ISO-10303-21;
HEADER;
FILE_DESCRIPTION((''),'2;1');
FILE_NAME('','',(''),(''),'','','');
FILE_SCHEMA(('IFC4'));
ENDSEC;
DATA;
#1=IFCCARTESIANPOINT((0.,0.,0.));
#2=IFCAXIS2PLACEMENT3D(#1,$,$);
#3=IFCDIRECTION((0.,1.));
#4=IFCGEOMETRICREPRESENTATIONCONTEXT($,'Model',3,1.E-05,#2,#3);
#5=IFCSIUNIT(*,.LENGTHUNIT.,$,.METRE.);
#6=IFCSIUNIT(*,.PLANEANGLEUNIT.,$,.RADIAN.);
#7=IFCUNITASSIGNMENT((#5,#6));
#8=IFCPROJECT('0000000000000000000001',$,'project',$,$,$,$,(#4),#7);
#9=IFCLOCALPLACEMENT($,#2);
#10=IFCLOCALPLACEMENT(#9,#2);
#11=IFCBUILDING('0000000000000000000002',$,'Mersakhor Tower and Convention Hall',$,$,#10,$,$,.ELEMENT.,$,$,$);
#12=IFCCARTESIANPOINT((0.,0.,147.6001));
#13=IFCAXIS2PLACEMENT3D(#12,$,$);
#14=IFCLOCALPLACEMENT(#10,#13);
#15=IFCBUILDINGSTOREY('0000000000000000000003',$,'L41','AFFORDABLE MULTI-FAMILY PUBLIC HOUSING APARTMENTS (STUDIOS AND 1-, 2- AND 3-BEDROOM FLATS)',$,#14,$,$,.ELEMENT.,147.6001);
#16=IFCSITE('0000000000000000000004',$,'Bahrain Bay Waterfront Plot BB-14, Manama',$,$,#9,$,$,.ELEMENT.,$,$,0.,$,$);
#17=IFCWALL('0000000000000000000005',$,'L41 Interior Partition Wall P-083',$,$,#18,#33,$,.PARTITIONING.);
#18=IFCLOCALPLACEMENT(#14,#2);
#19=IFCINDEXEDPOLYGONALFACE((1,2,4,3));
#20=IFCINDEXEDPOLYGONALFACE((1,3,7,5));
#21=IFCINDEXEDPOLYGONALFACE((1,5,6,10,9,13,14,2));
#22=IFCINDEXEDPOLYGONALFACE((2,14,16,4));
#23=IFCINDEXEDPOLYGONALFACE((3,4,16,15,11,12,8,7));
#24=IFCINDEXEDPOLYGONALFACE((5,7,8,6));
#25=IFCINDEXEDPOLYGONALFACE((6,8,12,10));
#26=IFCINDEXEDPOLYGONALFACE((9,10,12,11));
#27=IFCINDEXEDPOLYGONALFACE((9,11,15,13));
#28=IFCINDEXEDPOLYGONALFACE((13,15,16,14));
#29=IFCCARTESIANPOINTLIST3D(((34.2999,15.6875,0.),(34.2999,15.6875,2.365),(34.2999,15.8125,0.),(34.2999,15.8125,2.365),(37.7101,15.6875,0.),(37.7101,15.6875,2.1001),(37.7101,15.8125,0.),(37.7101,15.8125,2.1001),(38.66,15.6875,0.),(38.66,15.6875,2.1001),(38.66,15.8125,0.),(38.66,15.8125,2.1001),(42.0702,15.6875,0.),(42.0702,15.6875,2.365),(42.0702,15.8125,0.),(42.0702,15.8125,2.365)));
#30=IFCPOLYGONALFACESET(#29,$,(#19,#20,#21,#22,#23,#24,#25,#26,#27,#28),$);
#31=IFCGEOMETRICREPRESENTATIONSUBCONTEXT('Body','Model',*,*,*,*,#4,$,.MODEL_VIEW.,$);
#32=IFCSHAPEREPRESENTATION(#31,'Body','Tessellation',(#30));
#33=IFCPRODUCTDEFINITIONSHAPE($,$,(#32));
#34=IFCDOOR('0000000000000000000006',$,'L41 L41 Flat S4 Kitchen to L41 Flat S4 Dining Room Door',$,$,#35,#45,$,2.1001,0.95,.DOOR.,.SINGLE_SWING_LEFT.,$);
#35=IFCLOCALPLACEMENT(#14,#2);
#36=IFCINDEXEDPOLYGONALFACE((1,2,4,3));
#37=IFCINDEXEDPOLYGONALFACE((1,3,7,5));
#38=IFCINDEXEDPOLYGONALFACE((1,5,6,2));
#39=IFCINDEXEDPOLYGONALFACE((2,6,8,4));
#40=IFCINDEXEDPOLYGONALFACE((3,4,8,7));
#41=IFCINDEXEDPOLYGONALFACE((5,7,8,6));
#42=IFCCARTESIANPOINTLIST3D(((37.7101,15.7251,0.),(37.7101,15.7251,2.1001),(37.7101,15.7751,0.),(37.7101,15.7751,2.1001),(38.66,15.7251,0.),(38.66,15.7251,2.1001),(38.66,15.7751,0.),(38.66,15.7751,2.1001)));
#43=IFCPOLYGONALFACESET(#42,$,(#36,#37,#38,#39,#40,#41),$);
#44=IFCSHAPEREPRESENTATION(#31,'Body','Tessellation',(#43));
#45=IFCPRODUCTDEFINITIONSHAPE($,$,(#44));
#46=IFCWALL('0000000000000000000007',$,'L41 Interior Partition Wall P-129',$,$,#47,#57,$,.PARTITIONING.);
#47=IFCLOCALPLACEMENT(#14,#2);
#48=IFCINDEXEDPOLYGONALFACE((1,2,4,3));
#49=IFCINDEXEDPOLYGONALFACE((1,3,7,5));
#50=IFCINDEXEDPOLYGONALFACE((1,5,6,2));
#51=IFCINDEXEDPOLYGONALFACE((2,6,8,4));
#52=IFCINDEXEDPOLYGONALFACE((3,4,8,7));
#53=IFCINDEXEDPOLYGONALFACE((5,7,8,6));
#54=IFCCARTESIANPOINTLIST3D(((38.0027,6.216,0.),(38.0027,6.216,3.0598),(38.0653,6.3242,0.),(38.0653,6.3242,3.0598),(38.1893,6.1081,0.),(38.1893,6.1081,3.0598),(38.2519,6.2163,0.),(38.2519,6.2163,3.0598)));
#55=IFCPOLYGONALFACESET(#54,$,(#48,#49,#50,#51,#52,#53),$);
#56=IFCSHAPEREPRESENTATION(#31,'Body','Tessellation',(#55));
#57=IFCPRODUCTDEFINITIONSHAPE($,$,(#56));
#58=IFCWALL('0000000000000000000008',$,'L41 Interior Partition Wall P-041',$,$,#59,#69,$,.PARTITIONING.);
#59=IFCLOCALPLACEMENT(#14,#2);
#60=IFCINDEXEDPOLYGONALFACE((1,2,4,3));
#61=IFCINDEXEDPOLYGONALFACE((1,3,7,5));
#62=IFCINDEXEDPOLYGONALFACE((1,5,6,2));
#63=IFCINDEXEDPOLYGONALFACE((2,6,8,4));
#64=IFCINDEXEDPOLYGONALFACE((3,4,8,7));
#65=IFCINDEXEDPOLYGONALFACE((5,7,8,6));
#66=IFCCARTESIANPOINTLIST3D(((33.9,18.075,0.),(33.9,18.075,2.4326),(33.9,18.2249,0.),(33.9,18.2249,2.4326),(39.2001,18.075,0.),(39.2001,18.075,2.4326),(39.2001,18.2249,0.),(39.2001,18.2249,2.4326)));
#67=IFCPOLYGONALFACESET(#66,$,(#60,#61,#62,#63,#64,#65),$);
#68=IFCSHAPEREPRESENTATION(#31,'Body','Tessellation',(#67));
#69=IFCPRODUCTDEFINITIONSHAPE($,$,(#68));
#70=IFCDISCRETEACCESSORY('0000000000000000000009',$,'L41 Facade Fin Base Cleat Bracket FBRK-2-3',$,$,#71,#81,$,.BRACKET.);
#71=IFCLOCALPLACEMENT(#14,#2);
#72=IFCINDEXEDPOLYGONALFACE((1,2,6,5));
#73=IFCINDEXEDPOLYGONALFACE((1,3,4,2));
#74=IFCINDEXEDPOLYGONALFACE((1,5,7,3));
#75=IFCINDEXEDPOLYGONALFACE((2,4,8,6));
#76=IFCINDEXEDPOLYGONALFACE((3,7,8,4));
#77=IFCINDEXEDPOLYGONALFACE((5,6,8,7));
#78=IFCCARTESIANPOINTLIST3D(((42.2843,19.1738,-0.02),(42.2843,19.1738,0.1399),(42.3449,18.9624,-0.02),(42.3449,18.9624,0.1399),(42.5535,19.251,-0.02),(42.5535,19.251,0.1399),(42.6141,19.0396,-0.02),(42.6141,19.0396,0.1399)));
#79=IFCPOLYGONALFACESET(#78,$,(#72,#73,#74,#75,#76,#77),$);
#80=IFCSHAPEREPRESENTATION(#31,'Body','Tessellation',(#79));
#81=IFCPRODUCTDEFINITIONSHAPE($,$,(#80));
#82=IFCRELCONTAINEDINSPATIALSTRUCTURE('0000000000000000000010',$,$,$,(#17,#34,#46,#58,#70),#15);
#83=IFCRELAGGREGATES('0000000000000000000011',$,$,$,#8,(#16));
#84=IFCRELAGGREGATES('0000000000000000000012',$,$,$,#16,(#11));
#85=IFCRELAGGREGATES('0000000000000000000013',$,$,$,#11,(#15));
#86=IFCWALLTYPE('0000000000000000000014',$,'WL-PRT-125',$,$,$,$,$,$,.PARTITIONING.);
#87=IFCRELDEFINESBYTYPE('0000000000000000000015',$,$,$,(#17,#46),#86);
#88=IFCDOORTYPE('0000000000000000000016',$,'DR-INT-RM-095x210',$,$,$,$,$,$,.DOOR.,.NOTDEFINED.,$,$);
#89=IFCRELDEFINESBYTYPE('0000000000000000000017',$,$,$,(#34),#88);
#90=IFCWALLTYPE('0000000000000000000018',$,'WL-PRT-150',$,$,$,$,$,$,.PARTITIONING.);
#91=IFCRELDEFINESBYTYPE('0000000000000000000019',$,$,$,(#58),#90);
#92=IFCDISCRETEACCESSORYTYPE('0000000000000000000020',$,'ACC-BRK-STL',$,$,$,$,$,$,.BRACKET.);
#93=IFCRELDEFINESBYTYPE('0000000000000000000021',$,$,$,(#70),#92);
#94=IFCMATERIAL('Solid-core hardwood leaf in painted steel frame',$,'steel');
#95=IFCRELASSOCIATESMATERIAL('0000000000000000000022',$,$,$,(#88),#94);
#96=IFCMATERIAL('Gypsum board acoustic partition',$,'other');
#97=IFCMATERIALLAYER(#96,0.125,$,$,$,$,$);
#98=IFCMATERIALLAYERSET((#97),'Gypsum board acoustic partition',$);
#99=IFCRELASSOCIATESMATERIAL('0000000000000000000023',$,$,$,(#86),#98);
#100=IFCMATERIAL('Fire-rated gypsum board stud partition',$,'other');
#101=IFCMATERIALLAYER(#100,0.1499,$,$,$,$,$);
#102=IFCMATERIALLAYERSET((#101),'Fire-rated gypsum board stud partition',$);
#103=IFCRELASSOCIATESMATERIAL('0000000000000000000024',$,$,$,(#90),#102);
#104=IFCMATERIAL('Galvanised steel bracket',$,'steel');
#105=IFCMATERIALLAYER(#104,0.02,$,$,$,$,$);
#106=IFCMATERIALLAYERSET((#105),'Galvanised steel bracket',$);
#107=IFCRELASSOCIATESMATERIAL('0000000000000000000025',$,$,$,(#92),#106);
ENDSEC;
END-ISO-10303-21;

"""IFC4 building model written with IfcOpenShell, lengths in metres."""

from ifc_helpers import new_model, si_unit, direction, frame, frame_2d, origin, origin_2d, place, context, subcontext, project, spatial, rectangle, extrude, material, layer, layer_set, type_object, element, fill, save


model = new_model("IFC4")

# Units and contexts
model_context = context("Model", 3, precision=1e-05, world=origin(), true_north=direction((0.0, 1.0)))
body_context = subcontext(model_context, "Body", "Model", "MODEL_VIEW")
ifc_project = project(units=[si_unit("LENGTHUNIT", "METRE"), si_unit("PLANEANGLEUNIT", "RADIAN")], contexts=[model_context])

# Site, building, storey
site_placement = place(None, origin())
site = spatial("IfcSite", under=ifc_project, at=site_placement, Name="Bahrain Bay Waterfront Plot BB-14, Manama", CompositionType="ELEMENT", RefElevation=0.0)
building_placement = place(site_placement, origin())
building = spatial("IfcBuilding", under=site, at=building_placement, Name="Mersakhor Tower and Convention Hall", CompositionType="ELEMENT")
storey_placement = place(building_placement, frame((0.0, 0.0, 147.6001)))
storey = spatial("IfcBuildingStorey", under=building, at=storey_placement, Name="L41", Description="AFFORDABLE MULTI-FAMILY PUBLIC HOUSING APARTMENTS (STUDIOS AND 1-, 2- AND 3-BEDROOM FLATS)", CompositionType="ELEMENT", Elevation=147.6001)

# Wall, opening, door
ifc_material_1 = material(Name="Solid-core hardwood leaf in painted steel frame", Category="steel")
door_type_1 = type_object("IfcDoorType", Name="DR-INT-RM-095x210", OperationType="NOTDEFINED", PredefinedType="DOOR", material=ifc_material_1)
ifc_material_2 = material(Name="Gypsum board acoustic partition", Category="other")
ifc_layer_1 = layer(ifc_material_2, 0.125)
ifc_layer_set_1 = layer_set([ifc_layer_1], Name="Gypsum board acoustic partition")
wall_type_1 = type_object("IfcWallType", Name="WL-PRT-125", PredefinedType="PARTITIONING", material=ifc_layer_set_1)
wall_1_placement = place(storey_placement, frame((42.0703, 15.75, 0.0), z_axis=(0.0, 0.0, 1.0), x_axis=(-1.0, 0.0, 0.0)))
wall_1 = element("IfcWall", 1, at=wall_1_placement, inside=storey, type_object=wall_type_1, Name="L41 Interior Partition Wall P-083", PredefinedType="PARTITIONING", context=body_context, shape_type="SweptSolid", body=[
    extrude(rectangle(XDim=7.7703, YDim=0.125, at=frame_2d((3.8853, 0.0))), origin(), (0.0, 0.0, 1.0), 2.365),
])
opening_1_placement = place(wall_1_placement, frame((3.4102, 0.0, 0.0)))
opening_1 = element("IfcOpeningElement", 2, at=opening_1_placement, cuts=wall_1, PredefinedType="OPENING", context=body_context, shape_type="SweptSolid", body=[
    extrude(rectangle(XDim=0.95, YDim=2.1001, at=frame_2d((0.4751, 1.05))), frame((0.0, 0.0725, 0.0), z_axis=(0.0, -1.0, 0.0), x_axis=(1.0, 0.0, 0.0)), (0.0, 0.0, 1.0), 0.145),
])
door_1_placement = place(opening_1_placement, origin())
door_1 = element("IfcDoor", 3, at=door_1_placement, inside=storey, type_object=door_type_1, Name="L41 L41 Flat S4 Kitchen to L41 Flat S4 Dining Room Door", OperationType="SINGLE_SWING_LEFT", OverallHeight=2.1001, OverallWidth=0.95, PredefinedType="DOOR", context=body_context, shape_type="SweptSolid", body=[
    extrude(rectangle(XDim=0.95, YDim=2.1001, at=frame_2d((0.4751, 1.05))), frame((0.0, 0.0249, 0.0), z_axis=(0.0, -1.0, 0.0), x_axis=(1.0, 0.0, 0.0)), (0.0, 0.0, 1.0), 0.05),
])
fill(opening_1, door_1)

# Walls
wall_2_placement = place(storey_placement, frame((38.2207, 6.1621, 0.0), z_axis=(0.0, 0.0, 1.0), x_axis=(-0.865581, 0.500768, 0.0)))
element("IfcWall", 4, at=wall_2_placement, inside=storey, type_object=wall_type_1, Name="L41 Interior Partition Wall P-129", PredefinedType="PARTITIONING", context=body_context, shape_type="SweptSolid", body=[
    extrude(rectangle(XDim=0.2156, YDim=0.125, at=frame_2d((0.1079, 0.0))), origin(), (0.0, 0.0, 1.0), 3.0598),
])
ifc_material_3 = material(Name="Fire-rated gypsum board stud partition", Category="other")
ifc_layer_2 = layer(ifc_material_3, 0.1499)
ifc_layer_set_2 = layer_set([ifc_layer_2], Name="Fire-rated gypsum board stud partition")
wall_type_2 = type_object("IfcWallType", Name="WL-PRT-150", PredefinedType="PARTITIONING", material=ifc_layer_set_2)
wall_3_placement = place(storey_placement, frame((39.2, 18.1499, 0.0), z_axis=(0.0, 0.0, 1.0), x_axis=(-1.0, 0.0, 0.0)))
element("IfcWall", 5, at=wall_3_placement, inside=storey, type_object=wall_type_2, Name="L41 Interior Partition Wall P-041", PredefinedType="PARTITIONING", context=body_context, shape_type="SweptSolid", body=[
    extrude(rectangle(XDim=5.3, YDim=0.1499, at=frame_2d((2.6499, 0.0))), origin(), (0.0, 0.0, 1.0), 2.4326),
])

# Discrete accessory
ifc_material_4 = material(Name="Galvanised steel bracket", Category="steel")
ifc_layer_3 = layer(ifc_material_4, 0.02)
ifc_layer_set_3 = layer_set([ifc_layer_3], Name="Galvanised steel bracket")
discrete_accessory_type = type_object("IfcDiscreteAccessoryType", Name="ACC-BRK-STL", PredefinedType="BRACKET", material=ifc_layer_set_3)
discrete_accessory_placement = place(storey_placement, frame((42.4492, 19.1067, -0.02), z_axis=(0.0, 0.0, 1.0), x_axis=(0.961262, 0.275637, 0.0)))
element("IfcDiscreteAccessory", 6, at=discrete_accessory_placement, inside=storey, type_object=discrete_accessory_type, Name="L41 Facade Fin Base Cleat Bracket FBRK-2-3", PredefinedType="BRACKET", context=body_context, shape_type="SweptSolid", body=[
    extrude(rectangle(XDim=0.28, YDim=0.22, at=origin_2d()), origin(), (0.0, 0.0, 1.0), 0.1599),
])

save(model, "model.ifc")
